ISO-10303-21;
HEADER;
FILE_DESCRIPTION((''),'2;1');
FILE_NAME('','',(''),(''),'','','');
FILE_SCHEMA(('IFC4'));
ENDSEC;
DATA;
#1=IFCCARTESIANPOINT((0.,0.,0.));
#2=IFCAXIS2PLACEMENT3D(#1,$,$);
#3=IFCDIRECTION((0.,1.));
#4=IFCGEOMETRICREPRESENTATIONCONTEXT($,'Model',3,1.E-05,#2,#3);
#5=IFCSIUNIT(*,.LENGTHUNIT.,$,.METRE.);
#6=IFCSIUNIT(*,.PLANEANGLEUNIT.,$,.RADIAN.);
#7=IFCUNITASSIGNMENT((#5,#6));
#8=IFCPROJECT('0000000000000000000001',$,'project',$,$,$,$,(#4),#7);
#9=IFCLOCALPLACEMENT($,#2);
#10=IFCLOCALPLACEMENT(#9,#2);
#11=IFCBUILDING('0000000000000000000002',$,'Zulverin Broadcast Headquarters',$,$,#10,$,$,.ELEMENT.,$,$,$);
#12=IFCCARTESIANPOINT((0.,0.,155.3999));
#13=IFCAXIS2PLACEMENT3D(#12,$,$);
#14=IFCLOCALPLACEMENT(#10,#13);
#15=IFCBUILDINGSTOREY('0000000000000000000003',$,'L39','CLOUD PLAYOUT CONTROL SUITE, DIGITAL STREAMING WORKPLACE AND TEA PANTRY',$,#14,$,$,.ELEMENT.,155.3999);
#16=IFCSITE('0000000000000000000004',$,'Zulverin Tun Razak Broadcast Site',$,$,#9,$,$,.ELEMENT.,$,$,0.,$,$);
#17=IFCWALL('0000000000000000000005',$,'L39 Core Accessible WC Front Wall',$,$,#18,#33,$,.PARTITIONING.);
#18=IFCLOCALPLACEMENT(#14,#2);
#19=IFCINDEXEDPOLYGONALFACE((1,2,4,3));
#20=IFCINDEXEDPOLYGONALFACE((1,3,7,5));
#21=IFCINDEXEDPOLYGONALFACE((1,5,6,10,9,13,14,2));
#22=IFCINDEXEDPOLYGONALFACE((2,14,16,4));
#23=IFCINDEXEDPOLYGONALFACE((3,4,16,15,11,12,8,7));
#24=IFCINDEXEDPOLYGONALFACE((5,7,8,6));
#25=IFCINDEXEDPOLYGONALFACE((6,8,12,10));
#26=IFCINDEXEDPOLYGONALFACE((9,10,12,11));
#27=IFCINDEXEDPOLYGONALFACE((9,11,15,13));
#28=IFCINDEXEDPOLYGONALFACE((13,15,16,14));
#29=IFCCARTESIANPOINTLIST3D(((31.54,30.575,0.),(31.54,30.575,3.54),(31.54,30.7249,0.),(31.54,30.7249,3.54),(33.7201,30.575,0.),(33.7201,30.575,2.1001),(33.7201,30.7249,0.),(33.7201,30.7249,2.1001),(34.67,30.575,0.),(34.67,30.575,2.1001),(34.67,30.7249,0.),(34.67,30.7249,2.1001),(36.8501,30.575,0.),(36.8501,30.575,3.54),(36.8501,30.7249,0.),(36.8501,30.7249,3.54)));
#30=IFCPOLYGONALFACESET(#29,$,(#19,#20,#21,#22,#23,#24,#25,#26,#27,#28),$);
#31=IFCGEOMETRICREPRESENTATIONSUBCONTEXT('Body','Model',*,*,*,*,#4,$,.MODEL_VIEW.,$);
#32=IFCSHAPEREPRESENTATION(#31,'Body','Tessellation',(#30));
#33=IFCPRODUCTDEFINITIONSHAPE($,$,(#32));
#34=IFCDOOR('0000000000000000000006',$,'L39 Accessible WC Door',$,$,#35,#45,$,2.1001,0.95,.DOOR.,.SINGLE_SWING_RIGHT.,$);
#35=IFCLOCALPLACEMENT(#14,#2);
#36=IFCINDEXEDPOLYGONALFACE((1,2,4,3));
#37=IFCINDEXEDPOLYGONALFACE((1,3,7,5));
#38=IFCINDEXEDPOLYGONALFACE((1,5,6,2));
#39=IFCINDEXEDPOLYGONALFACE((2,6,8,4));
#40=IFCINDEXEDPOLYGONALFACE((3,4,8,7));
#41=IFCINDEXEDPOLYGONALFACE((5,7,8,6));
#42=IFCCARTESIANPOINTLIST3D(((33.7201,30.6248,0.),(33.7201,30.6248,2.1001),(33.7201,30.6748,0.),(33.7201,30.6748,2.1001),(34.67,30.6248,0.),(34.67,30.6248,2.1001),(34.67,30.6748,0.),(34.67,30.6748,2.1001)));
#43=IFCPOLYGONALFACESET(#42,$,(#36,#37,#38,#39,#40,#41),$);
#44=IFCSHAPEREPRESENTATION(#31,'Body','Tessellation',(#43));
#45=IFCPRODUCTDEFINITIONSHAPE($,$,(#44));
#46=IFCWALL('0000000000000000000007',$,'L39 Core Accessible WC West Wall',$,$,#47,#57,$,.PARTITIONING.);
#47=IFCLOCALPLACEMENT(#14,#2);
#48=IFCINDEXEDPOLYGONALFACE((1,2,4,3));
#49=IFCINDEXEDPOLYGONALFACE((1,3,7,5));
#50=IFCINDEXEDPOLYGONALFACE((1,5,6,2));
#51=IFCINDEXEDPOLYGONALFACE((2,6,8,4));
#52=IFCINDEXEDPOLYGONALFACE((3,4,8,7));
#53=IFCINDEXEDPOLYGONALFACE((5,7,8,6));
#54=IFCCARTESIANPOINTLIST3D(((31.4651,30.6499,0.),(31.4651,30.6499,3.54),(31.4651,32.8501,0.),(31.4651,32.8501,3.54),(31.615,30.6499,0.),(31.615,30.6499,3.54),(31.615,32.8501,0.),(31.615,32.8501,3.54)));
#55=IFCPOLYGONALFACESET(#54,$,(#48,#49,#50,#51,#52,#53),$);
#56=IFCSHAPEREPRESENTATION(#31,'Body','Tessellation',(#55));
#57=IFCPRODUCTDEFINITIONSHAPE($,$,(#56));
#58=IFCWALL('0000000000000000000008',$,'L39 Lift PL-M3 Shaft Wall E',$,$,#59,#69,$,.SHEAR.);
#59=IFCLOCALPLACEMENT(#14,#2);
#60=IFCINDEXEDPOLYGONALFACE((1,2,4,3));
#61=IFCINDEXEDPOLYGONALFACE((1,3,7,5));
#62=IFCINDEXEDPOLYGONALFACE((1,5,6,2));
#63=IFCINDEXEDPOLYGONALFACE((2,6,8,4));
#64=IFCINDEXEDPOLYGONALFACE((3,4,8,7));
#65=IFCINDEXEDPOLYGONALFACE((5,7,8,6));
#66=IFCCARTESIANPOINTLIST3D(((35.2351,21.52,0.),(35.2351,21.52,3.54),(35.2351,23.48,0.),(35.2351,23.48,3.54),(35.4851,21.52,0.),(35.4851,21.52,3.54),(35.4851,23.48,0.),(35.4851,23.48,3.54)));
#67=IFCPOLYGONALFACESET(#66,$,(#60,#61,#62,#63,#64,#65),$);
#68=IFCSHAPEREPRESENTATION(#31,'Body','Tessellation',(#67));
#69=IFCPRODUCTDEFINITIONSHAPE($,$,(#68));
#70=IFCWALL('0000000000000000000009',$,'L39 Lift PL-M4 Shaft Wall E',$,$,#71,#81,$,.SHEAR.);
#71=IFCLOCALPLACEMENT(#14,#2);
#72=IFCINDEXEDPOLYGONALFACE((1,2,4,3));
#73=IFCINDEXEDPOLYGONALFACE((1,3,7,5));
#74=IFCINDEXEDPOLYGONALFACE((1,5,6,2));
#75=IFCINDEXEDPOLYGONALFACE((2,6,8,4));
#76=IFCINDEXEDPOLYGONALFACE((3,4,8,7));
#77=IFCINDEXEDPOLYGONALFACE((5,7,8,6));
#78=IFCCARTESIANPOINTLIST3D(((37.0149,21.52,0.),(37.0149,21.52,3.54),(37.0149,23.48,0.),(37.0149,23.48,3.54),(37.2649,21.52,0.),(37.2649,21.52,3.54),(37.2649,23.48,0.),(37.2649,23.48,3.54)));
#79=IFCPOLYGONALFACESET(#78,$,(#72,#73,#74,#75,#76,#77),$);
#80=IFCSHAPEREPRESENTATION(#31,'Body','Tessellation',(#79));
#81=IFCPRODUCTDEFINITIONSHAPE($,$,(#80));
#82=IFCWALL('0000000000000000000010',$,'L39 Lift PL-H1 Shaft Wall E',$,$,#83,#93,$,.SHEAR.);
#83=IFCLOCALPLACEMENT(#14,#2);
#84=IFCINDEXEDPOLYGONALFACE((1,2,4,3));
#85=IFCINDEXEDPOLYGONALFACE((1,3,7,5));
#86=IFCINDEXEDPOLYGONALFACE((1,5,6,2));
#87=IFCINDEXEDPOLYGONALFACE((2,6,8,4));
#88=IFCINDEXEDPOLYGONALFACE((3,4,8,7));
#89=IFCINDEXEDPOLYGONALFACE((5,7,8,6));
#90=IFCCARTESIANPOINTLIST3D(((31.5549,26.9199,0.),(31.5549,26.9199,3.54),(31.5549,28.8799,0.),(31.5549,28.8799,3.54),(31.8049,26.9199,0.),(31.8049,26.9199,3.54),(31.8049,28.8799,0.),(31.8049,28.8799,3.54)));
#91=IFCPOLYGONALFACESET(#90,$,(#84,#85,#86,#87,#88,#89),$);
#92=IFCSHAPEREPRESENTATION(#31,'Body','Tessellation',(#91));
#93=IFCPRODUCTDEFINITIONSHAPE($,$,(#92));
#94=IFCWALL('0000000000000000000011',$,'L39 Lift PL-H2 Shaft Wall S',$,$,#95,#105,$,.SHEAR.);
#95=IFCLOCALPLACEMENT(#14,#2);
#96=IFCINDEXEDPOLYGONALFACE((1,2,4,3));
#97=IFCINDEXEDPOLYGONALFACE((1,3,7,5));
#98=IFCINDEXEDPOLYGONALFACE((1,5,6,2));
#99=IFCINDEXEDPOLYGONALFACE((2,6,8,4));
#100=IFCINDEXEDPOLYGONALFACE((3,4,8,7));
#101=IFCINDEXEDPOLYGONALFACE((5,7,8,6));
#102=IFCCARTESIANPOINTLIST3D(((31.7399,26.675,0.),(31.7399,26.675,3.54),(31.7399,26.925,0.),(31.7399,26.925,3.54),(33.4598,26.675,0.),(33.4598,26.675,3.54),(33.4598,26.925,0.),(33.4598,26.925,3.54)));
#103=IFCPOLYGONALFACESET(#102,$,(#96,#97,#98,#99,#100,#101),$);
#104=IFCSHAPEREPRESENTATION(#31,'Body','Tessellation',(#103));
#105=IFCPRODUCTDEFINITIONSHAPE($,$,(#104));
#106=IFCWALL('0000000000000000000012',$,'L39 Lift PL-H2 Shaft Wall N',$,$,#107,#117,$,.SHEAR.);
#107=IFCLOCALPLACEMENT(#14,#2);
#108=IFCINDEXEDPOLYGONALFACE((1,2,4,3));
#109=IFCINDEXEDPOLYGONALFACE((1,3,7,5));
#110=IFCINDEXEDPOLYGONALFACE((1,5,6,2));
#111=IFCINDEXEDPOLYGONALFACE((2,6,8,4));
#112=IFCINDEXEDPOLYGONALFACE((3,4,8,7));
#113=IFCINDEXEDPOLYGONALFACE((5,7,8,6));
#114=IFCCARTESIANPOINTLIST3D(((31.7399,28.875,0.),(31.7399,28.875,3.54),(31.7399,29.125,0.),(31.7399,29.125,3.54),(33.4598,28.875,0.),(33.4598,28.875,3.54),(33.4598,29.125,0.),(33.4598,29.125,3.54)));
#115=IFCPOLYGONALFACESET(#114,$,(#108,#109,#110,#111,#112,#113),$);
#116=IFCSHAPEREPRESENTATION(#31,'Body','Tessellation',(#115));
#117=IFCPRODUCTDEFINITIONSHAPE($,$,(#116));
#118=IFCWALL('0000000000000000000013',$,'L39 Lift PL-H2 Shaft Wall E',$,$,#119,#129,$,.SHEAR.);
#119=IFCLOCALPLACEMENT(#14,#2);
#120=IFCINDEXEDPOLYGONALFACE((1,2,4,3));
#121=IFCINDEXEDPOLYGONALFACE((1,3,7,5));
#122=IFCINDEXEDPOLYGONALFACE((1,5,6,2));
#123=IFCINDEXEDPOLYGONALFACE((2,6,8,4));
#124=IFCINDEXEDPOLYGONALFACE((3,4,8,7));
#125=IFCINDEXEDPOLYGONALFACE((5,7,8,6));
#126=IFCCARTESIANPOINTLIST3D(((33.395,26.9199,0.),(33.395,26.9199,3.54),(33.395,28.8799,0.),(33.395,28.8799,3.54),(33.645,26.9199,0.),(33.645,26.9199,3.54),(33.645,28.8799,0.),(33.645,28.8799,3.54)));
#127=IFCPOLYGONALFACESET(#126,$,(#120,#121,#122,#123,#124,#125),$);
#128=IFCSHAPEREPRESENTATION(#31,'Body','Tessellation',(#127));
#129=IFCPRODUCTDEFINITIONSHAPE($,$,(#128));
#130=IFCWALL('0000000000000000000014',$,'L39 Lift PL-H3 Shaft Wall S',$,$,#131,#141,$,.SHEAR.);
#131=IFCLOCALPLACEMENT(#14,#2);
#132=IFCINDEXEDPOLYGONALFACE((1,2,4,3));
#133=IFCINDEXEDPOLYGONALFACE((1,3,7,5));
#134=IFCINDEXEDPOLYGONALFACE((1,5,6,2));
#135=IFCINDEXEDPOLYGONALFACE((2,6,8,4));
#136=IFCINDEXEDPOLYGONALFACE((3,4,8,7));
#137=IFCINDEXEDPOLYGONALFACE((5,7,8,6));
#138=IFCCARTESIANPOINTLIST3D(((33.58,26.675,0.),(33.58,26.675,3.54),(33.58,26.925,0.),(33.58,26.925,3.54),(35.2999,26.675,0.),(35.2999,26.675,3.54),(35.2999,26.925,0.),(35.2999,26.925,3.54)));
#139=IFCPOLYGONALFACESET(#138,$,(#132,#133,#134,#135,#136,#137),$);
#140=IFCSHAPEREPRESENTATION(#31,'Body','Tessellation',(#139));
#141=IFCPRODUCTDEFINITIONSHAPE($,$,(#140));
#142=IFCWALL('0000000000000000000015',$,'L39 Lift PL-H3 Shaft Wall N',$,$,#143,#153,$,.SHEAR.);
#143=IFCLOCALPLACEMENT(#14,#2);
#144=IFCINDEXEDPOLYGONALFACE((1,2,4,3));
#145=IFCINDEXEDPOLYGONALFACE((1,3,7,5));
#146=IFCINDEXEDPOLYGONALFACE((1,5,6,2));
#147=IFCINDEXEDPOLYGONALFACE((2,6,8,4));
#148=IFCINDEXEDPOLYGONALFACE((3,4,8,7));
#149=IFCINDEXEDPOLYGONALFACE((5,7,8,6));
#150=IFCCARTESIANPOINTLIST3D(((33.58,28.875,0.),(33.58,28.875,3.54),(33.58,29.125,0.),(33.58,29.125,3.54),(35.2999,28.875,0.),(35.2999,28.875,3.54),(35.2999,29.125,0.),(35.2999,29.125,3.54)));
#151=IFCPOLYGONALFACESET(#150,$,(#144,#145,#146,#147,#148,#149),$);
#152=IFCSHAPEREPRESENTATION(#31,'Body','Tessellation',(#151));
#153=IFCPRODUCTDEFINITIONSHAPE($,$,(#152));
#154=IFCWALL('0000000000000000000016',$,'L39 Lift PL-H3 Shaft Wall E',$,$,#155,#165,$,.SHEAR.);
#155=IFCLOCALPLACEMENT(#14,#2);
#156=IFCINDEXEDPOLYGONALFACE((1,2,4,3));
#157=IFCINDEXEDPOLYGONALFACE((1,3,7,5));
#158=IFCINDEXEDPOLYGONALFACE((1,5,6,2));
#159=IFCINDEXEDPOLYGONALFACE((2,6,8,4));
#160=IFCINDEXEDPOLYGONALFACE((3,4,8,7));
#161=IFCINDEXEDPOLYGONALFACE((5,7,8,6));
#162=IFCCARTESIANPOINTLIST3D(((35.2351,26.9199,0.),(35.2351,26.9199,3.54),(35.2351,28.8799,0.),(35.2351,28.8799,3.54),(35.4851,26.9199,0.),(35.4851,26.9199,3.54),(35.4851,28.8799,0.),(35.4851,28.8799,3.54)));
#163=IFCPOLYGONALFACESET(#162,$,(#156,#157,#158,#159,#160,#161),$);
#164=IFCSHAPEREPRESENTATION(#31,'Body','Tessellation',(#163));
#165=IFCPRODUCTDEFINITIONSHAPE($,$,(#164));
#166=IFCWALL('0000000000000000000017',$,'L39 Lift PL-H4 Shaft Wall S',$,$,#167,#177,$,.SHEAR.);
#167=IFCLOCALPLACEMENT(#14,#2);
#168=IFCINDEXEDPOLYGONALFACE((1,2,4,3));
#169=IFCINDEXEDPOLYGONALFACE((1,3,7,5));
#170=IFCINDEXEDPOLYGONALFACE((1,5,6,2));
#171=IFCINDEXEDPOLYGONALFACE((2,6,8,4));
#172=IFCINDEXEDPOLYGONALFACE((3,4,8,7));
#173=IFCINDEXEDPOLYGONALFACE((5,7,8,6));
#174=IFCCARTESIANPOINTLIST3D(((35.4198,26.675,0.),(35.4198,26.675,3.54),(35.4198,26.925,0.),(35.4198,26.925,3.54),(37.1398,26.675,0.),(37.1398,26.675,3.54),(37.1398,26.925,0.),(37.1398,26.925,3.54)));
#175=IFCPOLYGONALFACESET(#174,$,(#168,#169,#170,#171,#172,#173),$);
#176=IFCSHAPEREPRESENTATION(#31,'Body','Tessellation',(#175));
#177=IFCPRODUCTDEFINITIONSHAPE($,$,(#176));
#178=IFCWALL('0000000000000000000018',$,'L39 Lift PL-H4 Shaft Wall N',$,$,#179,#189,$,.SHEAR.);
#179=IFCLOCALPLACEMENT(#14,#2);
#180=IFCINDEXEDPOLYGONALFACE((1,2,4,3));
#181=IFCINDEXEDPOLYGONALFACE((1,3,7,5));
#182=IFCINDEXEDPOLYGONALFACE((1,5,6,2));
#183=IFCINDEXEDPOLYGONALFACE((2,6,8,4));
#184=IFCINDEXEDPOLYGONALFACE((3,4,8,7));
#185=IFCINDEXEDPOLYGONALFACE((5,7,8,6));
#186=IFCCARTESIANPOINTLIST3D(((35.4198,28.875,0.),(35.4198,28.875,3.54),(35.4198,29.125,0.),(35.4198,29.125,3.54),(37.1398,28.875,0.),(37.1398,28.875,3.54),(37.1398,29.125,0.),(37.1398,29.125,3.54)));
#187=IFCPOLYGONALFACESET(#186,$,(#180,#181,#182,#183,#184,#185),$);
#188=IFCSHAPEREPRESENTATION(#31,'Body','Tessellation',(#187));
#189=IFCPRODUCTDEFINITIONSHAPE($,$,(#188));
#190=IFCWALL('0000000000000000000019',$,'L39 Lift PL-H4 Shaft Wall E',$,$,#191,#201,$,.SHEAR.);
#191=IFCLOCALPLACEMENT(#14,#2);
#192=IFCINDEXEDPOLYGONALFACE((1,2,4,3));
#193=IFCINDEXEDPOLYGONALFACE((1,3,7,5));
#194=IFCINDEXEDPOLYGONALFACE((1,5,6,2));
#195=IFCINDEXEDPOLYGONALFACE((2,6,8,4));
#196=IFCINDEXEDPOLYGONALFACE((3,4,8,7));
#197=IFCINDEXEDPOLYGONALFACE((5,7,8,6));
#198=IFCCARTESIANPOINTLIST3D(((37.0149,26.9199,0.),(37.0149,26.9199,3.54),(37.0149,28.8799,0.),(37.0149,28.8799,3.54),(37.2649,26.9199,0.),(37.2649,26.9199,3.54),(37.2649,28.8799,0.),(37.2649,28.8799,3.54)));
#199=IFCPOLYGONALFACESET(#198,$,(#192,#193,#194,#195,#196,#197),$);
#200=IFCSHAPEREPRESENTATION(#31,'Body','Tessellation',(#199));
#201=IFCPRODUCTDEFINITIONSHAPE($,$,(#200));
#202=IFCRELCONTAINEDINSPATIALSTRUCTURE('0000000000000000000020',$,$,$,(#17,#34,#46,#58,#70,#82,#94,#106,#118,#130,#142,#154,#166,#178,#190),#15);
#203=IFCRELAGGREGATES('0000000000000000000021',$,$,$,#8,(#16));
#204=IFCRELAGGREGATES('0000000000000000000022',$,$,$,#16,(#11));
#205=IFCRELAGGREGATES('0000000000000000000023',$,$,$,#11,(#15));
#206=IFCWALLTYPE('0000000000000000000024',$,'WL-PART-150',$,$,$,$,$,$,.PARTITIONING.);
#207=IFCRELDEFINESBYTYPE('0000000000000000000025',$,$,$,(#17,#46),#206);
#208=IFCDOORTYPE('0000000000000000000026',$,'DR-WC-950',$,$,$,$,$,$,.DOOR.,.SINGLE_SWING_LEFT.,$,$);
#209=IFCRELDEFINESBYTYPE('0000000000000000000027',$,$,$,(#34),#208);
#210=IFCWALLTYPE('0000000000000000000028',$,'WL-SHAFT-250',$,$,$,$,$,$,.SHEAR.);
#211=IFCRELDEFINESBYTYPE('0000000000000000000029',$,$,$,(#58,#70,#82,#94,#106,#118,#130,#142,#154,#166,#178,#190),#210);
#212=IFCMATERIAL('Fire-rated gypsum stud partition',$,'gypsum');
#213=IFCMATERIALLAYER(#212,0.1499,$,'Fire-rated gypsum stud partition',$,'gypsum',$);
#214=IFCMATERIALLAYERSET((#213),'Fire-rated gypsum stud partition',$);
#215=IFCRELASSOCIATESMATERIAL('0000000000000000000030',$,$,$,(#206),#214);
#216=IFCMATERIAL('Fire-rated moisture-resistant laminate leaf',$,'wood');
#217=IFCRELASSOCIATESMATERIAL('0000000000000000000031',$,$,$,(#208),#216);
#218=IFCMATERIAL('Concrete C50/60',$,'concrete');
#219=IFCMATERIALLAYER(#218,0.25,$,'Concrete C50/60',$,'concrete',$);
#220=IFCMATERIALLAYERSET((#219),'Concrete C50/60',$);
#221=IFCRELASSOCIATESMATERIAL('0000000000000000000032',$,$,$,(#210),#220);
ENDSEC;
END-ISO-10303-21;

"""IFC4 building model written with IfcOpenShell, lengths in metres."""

from ifc_helpers import new_model, si_unit, direction, frame, frame_2d, origin, place, context, subcontext, project, spatial, rectangle, extrude, material, layer, layer_set, type_object, element, fill, save


model = new_model("IFC4")

# Units and contexts
model_context = context("Model", 3, precision=1e-05, world=origin(), true_north=direction((0.0, 1.0)))
body_context = subcontext(model_context, "Body", "Model", "MODEL_VIEW")
ifc_project = project(units=[si_unit("LENGTHUNIT", "METRE"), si_unit("PLANEANGLEUNIT", "RADIAN")], contexts=[model_context])

# Site, building, storey
site_placement = place(None, origin())
site = spatial("IfcSite", under=ifc_project, at=site_placement, Name="Zulverin Tun Razak Broadcast Site", CompositionType="ELEMENT", RefElevation=0.0)
building_placement = place(site_placement, origin())
building = spatial("IfcBuilding", under=site, at=building_placement, Name="Zulverin Broadcast Headquarters", CompositionType="ELEMENT")
storey_placement = place(building_placement, frame((0.0, 0.0, 155.3999)))
storey = spatial("IfcBuildingStorey", under=building, at=storey_placement, Name="L39", Description="CLOUD PLAYOUT CONTROL SUITE, DIGITAL STREAMING WORKPLACE AND TEA PANTRY", CompositionType="ELEMENT", Elevation=155.3999)

# Wall, opening, door
ifc_material_1 = material(Name="Fire-rated gypsum stud partition", Category="gypsum")
ifc_layer_1 = layer(ifc_material_1, 0.1499, Name="Fire-rated gypsum stud partition", Category="gypsum")
ifc_layer_set_1 = layer_set([ifc_layer_1], Name="Fire-rated gypsum stud partition")
wall_type_1 = type_object("IfcWallType", Name="WL-PART-150", PredefinedType="PARTITIONING", material=ifc_layer_set_1)
wall_1_placement = place(storey_placement, frame((31.54, 30.6499, 0.0), z_axis=(0.0, 0.0, 1.0), x_axis=(1.0, 0.0, 0.0)))
wall_1 = element("IfcWall", 1, at=wall_1_placement, inside=storey, type_object=wall_type_1, Name="L39 Core Accessible WC Front Wall", PredefinedType="PARTITIONING", context=body_context, shape_type="SweptSolid", body=[
    extrude(rectangle(XDim=5.3101, YDim=0.1499, at=frame_2d((2.655, 0.0))), origin(), (0.0, 0.0, 1.0), 3.54),
])
opening_1_placement = place(wall_1_placement, frame((2.1799, 0.0, 0.0)))
opening_1 = element("IfcOpeningElement", 2, at=opening_1_placement, cuts=wall_1, PredefinedType="OPENING", context=body_context, shape_type="SweptSolid", body=[
    extrude(rectangle(XDim=0.95, YDim=2.1001, at=frame_2d((0.4751, 1.05))), frame((0.0, 0.085, 0.0), z_axis=(0.0, -1.0, 0.0), x_axis=(1.0, 0.0, 0.0)), (0.0, 0.0, 1.0), 0.1699),
])
ifc_material_2 = material(Name="Fire-rated moisture-resistant laminate leaf", Category="wood")
door_type_1 = type_object("IfcDoorType", Name="DR-WC-950", OperationType="SINGLE_SWING_LEFT", PredefinedType="DOOR", material=ifc_material_2)
door_1_placement = place(opening_1_placement, origin())
door_1 = element("IfcDoor", 3, at=door_1_placement, inside=storey, type_object=door_type_1, Name="L39 Accessible WC Door", OperationType="SINGLE_SWING_RIGHT", OverallHeight=2.1001, OverallWidth=0.95, PredefinedType="DOOR", context=body_context, shape_type="SweptSolid", body=[
    extrude(rectangle(XDim=0.95, YDim=2.1001, at=frame_2d((0.4751, 1.05))), frame((0.0, 0.0249, 0.0), z_axis=(0.0, -1.0, 0.0), x_axis=(1.0, 0.0, 0.0)), (0.0, 0.0, 1.0), 0.05),
])
fill(opening_1, door_1)

# Wall
wall_2_placement = place(storey_placement, frame((31.54, 30.6499, 0.0), z_axis=(0.0, 0.0, 1.0), x_axis=(0.0, 1.0, 0.0)))
element("IfcWall", 4, at=wall_2_placement, inside=storey, type_object=wall_type_1, Name="L39 Core Accessible WC West Wall", PredefinedType="PARTITIONING", context=body_context, shape_type="SweptSolid", body=[
    extrude(rectangle(XDim=2.2002, YDim=0.1499, at=frame_2d((1.1001, 0.0))), origin(), (0.0, 0.0, 1.0), 3.54),
])

# Shared definitions
ifc_material_3 = material(Name="Concrete C50/60", Category="concrete")
ifc_layer_2 = layer(ifc_material_3, 0.25, Name="Concrete C50/60", Category="concrete")
ifc_layer_set_2 = layer_set([ifc_layer_2], Name="Concrete C50/60")
wall_type_2 = type_object("IfcWallType", Name="WL-SHAFT-250", PredefinedType="SHEAR", material=ifc_layer_set_2)

# Wall
wall_3_placement = place(storey_placement, frame((35.3601, 21.52, 0.0), z_axis=(0.0, 0.0, 1.0), x_axis=(0.0, 1.0, 0.0)))
element("IfcWall", 5, at=wall_3_placement, inside=storey, type_object=wall_type_2, Name="L39 Lift PL-M3 Shaft Wall E", PredefinedType="SHEAR", context=body_context, shape_type="SweptSolid", body=[
    extrude(rectangle(XDim=1.96, YDim=0.25, at=frame_2d((0.98, 0.0))), origin(), (0.0, 0.0, 1.0), 3.54),
])

# Walls
for number, where, z_axis, x_axis, name in (
    (6, (37.1399, 21.52, 0.0), (0.0, 0.0, 1.0), (0.0, 1.0, 0.0), "L39 Lift PL-M4 Shaft Wall E"),
    (7, (31.6799, 26.9199, 0.0), (0.0, 0.0, 1.0), (0.0, 1.0, 0.0), "L39 Lift PL-H1 Shaft Wall E"),
):
    element("IfcWall", number, at=place(storey_placement, frame(where, z_axis=z_axis, x_axis=x_axis)), inside=storey, type_object=wall_type_2, Name=name, PredefinedType="SHEAR", context=body_context, shape_type="SweptSolid", body=[
        extrude(rectangle(XDim=1.96, YDim=0.25, at=frame_2d((0.98, 0.0))), origin(), (0.0, 0.0, 1.0), 3.54),
    ])
for number, where, z_axis, x_axis, name in (
    (8, (31.74, 26.8, 0.0), (0.0, 0.0, 1.0), (1.0, 0.0, 0.0), "L39 Lift PL-H2 Shaft Wall S"),
    (9, (31.74, 29.0, 0.0), (0.0, 0.0, 1.0), (1.0, 0.0, 0.0), "L39 Lift PL-H2 Shaft Wall N"),
):
    element("IfcWall", number, at=place(storey_placement, frame(where, z_axis=z_axis, x_axis=x_axis)), inside=storey, type_object=wall_type_2, Name=name, PredefinedType="SHEAR", context=body_context, shape_type="SweptSolid", body=[
        extrude(rectangle(XDim=1.72, YDim=0.25, at=frame_2d((0.8599, 0.0))), origin(), (0.0, 0.0, 1.0), 3.54),
    ])
wall_4_placement = place(storey_placement, frame((33.52, 26.9199, 0.0), z_axis=(0.0, 0.0, 1.0), x_axis=(0.0, 1.0, 0.0)))
element("IfcWall", 10, at=wall_4_placement, inside=storey, type_object=wall_type_2, Name="L39 Lift PL-H2 Shaft Wall E", PredefinedType="SHEAR", context=body_context, shape_type="SweptSolid", body=[
    extrude(rectangle(XDim=1.96, YDim=0.25, at=frame_2d((0.98, 0.0))), origin(), (0.0, 0.0, 1.0), 3.54),
])
for number, where, z_axis, x_axis, name in (
    (11, (33.5801, 26.8, 0.0), (0.0, 0.0, 1.0), (1.0, 0.0, 0.0), "L39 Lift PL-H3 Shaft Wall S"),
    (12, (33.5801, 29.0, 0.0), (0.0, 0.0, 1.0), (1.0, 0.0, 0.0), "L39 Lift PL-H3 Shaft Wall N"),
):
    element("IfcWall", number, at=place(storey_placement, frame(where, z_axis=z_axis, x_axis=x_axis)), inside=storey, type_object=wall_type_2, Name=name, PredefinedType="SHEAR", context=body_context, shape_type="SweptSolid", body=[
        extrude(rectangle(XDim=1.72, YDim=0.25, at=frame_2d((0.8599, 0.0))), origin(), (0.0, 0.0, 1.0), 3.54),
    ])
wall_5_placement = place(storey_placement, frame((35.3601, 26.9199, 0.0), z_axis=(0.0, 0.0, 1.0), x_axis=(0.0, 1.0, 0.0)))
element("IfcWall", 13, at=wall_5_placement, inside=storey, type_object=wall_type_2, Name="L39 Lift PL-H3 Shaft Wall E", PredefinedType="SHEAR", context=body_context, shape_type="SweptSolid", body=[
    extrude(rectangle(XDim=1.96, YDim=0.25, at=frame_2d((0.98, 0.0))), origin(), (0.0, 0.0, 1.0), 3.54),
])
for number, where, z_axis, x_axis, name in (
    (14, (35.4199, 26.8, 0.0), (0.0, 0.0, 1.0), (1.0, 0.0, 0.0), "L39 Lift PL-H4 Shaft Wall S"),
    (15, (35.4199, 29.0, 0.0), (0.0, 0.0, 1.0), (1.0, 0.0, 0.0), "L39 Lift PL-H4 Shaft Wall N"),
):
    element("IfcWall", number, at=place(storey_placement, frame(where, z_axis=z_axis, x_axis=x_axis)), inside=storey, type_object=wall_type_2, Name=name, PredefinedType="SHEAR", context=body_context, shape_type="SweptSolid", body=[
        extrude(rectangle(XDim=1.72, YDim=0.25, at=frame_2d((0.8599, 0.0))), origin(), (0.0, 0.0, 1.0), 3.54),
    ])
wall_6_placement = place(storey_placement, frame((37.1399, 26.9199, 0.0), z_axis=(0.0, 0.0, 1.0), x_axis=(0.0, 1.0, 0.0)))
element("IfcWall", 16, at=wall_6_placement, inside=storey, type_object=wall_type_2, Name="L39 Lift PL-H4 Shaft Wall E", PredefinedType="SHEAR", context=body_context, shape_type="SweptSolid", body=[
    extrude(rectangle(XDim=1.96, YDim=0.25, at=frame_2d((0.98, 0.0))), origin(), (0.0, 0.0, 1.0), 3.54),
])

save(model, "model.ifc")
